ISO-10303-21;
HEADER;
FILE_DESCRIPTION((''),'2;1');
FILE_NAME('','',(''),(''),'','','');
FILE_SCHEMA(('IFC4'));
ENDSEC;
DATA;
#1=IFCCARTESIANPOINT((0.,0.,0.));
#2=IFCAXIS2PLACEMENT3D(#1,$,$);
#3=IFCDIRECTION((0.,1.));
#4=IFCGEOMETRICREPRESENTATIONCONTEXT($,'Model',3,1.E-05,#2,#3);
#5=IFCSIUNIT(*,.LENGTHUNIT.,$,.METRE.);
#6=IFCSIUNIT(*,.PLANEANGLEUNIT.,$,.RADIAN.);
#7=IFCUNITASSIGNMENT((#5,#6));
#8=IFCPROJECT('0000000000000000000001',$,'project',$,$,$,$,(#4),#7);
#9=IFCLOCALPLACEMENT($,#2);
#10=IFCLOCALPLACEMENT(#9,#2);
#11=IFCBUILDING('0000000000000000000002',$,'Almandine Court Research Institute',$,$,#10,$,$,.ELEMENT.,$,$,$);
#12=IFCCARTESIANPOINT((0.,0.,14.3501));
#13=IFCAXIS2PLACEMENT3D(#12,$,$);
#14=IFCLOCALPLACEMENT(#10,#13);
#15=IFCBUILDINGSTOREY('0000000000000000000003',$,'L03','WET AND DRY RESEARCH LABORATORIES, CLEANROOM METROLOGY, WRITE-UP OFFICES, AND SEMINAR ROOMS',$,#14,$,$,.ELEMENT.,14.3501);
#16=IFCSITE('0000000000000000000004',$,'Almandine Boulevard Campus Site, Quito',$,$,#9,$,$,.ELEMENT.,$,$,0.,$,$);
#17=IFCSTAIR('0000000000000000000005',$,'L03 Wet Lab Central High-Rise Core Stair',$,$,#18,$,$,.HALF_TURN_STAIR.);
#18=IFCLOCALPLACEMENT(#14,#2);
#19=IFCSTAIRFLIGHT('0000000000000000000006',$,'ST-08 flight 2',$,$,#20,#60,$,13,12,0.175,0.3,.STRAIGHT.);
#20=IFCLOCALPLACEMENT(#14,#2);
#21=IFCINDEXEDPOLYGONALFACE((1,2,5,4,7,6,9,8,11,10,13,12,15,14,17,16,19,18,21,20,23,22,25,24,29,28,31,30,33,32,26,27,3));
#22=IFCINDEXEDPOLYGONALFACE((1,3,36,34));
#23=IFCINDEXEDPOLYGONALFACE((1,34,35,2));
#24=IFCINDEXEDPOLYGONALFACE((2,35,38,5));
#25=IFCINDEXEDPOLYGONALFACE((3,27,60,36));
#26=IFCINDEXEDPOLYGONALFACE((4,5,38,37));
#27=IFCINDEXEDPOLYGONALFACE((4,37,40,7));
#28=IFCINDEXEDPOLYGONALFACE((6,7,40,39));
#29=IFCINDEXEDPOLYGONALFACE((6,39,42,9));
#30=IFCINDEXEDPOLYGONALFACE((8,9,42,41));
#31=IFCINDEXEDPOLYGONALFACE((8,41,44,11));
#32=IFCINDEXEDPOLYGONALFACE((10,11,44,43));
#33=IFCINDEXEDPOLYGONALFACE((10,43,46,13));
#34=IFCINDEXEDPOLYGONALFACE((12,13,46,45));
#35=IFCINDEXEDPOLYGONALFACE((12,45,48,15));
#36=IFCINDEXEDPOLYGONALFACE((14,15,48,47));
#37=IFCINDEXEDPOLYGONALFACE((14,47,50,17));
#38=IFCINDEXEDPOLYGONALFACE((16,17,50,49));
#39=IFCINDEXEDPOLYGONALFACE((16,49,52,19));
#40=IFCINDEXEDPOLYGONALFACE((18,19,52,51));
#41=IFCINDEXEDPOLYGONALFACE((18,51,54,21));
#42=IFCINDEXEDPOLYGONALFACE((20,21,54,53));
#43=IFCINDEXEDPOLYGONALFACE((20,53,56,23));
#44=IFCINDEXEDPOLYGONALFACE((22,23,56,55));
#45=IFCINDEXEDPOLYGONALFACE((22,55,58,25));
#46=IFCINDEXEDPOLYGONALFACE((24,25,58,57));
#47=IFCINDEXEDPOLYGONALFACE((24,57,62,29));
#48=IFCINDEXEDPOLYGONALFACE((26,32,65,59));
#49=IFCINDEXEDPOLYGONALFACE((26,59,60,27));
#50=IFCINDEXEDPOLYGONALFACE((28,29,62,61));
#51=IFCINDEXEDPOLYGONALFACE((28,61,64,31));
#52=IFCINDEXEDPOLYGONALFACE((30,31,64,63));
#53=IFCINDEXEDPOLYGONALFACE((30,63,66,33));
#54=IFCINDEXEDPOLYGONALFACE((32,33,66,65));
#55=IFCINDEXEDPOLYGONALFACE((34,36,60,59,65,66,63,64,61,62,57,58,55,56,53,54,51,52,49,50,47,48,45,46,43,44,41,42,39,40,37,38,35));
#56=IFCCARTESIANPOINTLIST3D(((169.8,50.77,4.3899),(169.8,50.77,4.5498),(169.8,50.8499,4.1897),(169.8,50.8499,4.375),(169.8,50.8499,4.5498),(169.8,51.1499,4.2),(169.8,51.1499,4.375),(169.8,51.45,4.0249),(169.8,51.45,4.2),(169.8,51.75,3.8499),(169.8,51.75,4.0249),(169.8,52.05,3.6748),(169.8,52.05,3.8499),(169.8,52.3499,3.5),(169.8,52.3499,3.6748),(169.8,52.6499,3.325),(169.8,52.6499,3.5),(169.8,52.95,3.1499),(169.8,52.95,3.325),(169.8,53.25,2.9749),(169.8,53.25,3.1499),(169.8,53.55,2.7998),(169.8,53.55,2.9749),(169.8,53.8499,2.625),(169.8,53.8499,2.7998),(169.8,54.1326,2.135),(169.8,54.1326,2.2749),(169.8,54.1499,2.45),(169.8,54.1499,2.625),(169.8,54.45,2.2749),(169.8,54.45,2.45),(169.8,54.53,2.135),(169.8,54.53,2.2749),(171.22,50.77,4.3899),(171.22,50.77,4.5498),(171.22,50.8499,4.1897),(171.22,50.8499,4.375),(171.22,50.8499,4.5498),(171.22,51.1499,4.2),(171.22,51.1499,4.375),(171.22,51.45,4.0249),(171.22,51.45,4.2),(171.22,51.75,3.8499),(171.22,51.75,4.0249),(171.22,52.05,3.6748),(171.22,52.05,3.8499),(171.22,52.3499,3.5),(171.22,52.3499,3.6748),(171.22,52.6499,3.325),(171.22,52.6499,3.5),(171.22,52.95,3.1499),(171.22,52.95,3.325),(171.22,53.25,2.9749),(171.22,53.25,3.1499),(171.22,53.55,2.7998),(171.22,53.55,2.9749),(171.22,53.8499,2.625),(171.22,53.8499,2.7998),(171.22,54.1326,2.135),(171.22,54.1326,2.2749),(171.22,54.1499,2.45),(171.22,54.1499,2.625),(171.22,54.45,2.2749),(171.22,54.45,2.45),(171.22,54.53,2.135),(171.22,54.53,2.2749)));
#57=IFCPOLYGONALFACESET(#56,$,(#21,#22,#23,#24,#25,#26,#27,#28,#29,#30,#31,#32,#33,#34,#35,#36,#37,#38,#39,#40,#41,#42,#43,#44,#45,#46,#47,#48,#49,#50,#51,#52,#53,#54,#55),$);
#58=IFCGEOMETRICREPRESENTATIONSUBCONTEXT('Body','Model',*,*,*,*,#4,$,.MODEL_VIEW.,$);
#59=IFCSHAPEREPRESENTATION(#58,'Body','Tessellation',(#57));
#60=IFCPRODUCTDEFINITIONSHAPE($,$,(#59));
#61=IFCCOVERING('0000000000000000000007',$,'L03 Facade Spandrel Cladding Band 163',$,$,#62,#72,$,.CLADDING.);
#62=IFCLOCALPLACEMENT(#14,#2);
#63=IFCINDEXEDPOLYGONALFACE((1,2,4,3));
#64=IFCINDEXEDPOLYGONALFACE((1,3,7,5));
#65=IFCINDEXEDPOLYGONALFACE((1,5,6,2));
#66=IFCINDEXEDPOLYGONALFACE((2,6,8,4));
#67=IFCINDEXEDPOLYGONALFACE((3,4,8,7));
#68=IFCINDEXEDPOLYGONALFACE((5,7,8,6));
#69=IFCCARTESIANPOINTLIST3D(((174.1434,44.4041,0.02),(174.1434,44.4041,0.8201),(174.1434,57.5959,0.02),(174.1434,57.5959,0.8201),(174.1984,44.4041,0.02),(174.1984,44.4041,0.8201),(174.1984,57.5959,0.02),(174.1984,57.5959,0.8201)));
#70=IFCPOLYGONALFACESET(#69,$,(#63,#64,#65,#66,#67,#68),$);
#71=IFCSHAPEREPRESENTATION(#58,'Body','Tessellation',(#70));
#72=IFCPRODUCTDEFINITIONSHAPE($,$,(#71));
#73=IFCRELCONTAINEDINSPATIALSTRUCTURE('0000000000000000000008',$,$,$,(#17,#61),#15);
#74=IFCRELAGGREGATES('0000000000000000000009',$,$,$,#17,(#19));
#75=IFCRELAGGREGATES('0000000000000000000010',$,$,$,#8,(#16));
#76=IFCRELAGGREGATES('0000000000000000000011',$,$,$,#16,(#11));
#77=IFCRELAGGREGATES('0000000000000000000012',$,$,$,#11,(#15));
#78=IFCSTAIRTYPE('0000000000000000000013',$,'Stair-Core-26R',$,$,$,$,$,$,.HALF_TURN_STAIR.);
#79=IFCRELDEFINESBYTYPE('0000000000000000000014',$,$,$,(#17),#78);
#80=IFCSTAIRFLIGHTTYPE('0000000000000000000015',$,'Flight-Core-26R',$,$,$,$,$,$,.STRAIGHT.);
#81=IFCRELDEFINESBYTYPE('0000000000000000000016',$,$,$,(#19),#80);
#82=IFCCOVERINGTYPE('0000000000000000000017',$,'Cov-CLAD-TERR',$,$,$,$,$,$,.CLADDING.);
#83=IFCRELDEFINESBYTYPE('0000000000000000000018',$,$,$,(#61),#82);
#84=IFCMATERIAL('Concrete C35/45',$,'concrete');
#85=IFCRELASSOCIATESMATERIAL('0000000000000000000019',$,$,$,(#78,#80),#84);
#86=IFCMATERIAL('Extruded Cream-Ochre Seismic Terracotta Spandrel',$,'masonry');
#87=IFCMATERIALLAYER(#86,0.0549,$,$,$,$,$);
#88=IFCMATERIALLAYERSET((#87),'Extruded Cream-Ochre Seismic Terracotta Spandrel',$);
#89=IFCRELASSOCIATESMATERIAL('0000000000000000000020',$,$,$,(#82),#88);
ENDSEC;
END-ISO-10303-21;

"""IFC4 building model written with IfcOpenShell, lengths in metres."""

from ifc_helpers import new_model, si_unit, direction, frame, origin, origin_2d, place, context, subcontext, project, spatial, polyline, rectangle, outline, extrude, material, layer, layer_set, type_object, element, aggregate, save


model = new_model("IFC4")

# Units and contexts
model_context = context("Model", 3, precision=1e-05, world=origin(), true_north=direction((0.0, 1.0)))
body_context = subcontext(model_context, "Body", "Model", "MODEL_VIEW")
ifc_project = project(units=[si_unit("LENGTHUNIT", "METRE"), si_unit("PLANEANGLEUNIT", "RADIAN")], contexts=[model_context])

# Site, building, storey
site_placement = place(None, origin())
site = spatial("IfcSite", under=ifc_project, at=site_placement, Name="Almandine Boulevard Campus Site, Quito", CompositionType="ELEMENT", RefElevation=0.0)
building_placement = place(site_placement, origin())
building = spatial("IfcBuilding", under=site, at=building_placement, Name="Almandine Court Research Institute", CompositionType="ELEMENT")
storey_placement = place(building_placement, frame((0.0, 0.0, 14.3501)))
storey = spatial("IfcBuildingStorey", under=building, at=storey_placement, Name="L03", Description="WET AND DRY RESEARCH LABORATORIES, CLEANROOM METROLOGY, WRITE-UP OFFICES, AND SEMINAR ROOMS", CompositionType="ELEMENT", Elevation=14.3501)

# Stair, stair flight
ifc_material_1 = material(Name="Concrete C35/45", Category="concrete")
stair_type = type_object("IfcStairType", Name="Stair-Core-26R", PredefinedType="HALF_TURN_STAIR", material=ifc_material_1)
stair_placement = place(storey_placement, origin())
stair = element("IfcStair", 1, at=stair_placement, inside=storey, type_object=stair_type, Name="L03 Wet Lab Central High-Rise Core Stair", PredefinedType="HALF_TURN_STAIR")
stair_flight_type = type_object("IfcStairFlightType", Name="Flight-Core-26R", PredefinedType="STRAIGHT", material=ifc_material_1)
stair_flight_1_placement = place(storey_placement, frame((170.51, 54.45, 2.2749), z_axis=(0.0, 0.0, 1.0), x_axis=(0.0, -1.0, 0.0)))
stair_flight_1 = element("IfcStairFlight", 2, at=stair_flight_1_placement, type_object=stair_flight_type, Name="ST-08 flight 2", NumberOfRisers=13, NumberOfTreads=12, PredefinedType="STRAIGHT", RiserHeight=0.175, TreadLength=0.3, context=body_context, shape_type="SweptSolid", body=[
    extrude(outline(polyline([(-0.0801, -0.1399), (-0.0801, 0.0), (0.0, 0.0), (0.0, 0.175), (0.3, 0.175), (0.3, 0.3501), (0.6001, 0.3501), (0.6001, 0.5249), (0.8999, 0.5249), (0.8999, 0.7), (1.2, 0.7), (1.2, 0.875), (1.5, 0.875), (1.5, 1.05), (1.8, 1.05), (1.8, 1.2251), (2.1001, 1.2251), (2.1001, 1.3999), (2.3999, 1.3999), (2.3999, 1.575), (2.7, 1.575), (2.7, 1.75), (3.0, 1.75), (3.0, 1.925), (3.3, 1.925), (3.3, 2.1001), (3.6001, 2.1001), (3.6001, 2.2749), (3.6799, 2.2749), (3.6799, 2.115), (3.6001, 1.9148), (0.3174, 0.0), (0.3174, -0.1399), (-0.0801, -0.1399)])), frame((0.0, 0.71, 0.0), z_axis=(0.0, -1.0, 0.0), x_axis=(1.0, 0.0, 0.0)), (0.0, 0.0, 1.0), 1.4199),
])
aggregate(stair, [stair_flight_1])

# Covering
ifc_material_2 = material(Name="Extruded Cream-Ochre Seismic Terracotta Spandrel", Category="masonry")
ifc_layer_1 = layer(ifc_material_2, 0.0549)
ifc_layer_set_1 = layer_set([ifc_layer_1], Name="Extruded Cream-Ochre Seismic Terracotta Spandrel")
covering_type = type_object("IfcCoveringType", Name="Cov-CLAD-TERR", PredefinedType="CLADDING", material=ifc_layer_set_1)
covering_placement = place(storey_placement, frame((174.1709, 51.0, 0.02), z_axis=(0.0, 0.0, 1.0), x_axis=(0.0, -1.0, 0.0)))
element("IfcCovering", 3, at=covering_placement, inside=storey, type_object=covering_type, Name="L03 Facade Spandrel Cladding Band 163", PredefinedType="CLADDING", context=body_context, shape_type="SweptSolid", body=[
    extrude(rectangle(XDim=13.1919, YDim=0.0549, at=origin_2d()), origin(), (0.0, 0.0, 1.0), 0.8),
])

save(model, "model.ifc")
